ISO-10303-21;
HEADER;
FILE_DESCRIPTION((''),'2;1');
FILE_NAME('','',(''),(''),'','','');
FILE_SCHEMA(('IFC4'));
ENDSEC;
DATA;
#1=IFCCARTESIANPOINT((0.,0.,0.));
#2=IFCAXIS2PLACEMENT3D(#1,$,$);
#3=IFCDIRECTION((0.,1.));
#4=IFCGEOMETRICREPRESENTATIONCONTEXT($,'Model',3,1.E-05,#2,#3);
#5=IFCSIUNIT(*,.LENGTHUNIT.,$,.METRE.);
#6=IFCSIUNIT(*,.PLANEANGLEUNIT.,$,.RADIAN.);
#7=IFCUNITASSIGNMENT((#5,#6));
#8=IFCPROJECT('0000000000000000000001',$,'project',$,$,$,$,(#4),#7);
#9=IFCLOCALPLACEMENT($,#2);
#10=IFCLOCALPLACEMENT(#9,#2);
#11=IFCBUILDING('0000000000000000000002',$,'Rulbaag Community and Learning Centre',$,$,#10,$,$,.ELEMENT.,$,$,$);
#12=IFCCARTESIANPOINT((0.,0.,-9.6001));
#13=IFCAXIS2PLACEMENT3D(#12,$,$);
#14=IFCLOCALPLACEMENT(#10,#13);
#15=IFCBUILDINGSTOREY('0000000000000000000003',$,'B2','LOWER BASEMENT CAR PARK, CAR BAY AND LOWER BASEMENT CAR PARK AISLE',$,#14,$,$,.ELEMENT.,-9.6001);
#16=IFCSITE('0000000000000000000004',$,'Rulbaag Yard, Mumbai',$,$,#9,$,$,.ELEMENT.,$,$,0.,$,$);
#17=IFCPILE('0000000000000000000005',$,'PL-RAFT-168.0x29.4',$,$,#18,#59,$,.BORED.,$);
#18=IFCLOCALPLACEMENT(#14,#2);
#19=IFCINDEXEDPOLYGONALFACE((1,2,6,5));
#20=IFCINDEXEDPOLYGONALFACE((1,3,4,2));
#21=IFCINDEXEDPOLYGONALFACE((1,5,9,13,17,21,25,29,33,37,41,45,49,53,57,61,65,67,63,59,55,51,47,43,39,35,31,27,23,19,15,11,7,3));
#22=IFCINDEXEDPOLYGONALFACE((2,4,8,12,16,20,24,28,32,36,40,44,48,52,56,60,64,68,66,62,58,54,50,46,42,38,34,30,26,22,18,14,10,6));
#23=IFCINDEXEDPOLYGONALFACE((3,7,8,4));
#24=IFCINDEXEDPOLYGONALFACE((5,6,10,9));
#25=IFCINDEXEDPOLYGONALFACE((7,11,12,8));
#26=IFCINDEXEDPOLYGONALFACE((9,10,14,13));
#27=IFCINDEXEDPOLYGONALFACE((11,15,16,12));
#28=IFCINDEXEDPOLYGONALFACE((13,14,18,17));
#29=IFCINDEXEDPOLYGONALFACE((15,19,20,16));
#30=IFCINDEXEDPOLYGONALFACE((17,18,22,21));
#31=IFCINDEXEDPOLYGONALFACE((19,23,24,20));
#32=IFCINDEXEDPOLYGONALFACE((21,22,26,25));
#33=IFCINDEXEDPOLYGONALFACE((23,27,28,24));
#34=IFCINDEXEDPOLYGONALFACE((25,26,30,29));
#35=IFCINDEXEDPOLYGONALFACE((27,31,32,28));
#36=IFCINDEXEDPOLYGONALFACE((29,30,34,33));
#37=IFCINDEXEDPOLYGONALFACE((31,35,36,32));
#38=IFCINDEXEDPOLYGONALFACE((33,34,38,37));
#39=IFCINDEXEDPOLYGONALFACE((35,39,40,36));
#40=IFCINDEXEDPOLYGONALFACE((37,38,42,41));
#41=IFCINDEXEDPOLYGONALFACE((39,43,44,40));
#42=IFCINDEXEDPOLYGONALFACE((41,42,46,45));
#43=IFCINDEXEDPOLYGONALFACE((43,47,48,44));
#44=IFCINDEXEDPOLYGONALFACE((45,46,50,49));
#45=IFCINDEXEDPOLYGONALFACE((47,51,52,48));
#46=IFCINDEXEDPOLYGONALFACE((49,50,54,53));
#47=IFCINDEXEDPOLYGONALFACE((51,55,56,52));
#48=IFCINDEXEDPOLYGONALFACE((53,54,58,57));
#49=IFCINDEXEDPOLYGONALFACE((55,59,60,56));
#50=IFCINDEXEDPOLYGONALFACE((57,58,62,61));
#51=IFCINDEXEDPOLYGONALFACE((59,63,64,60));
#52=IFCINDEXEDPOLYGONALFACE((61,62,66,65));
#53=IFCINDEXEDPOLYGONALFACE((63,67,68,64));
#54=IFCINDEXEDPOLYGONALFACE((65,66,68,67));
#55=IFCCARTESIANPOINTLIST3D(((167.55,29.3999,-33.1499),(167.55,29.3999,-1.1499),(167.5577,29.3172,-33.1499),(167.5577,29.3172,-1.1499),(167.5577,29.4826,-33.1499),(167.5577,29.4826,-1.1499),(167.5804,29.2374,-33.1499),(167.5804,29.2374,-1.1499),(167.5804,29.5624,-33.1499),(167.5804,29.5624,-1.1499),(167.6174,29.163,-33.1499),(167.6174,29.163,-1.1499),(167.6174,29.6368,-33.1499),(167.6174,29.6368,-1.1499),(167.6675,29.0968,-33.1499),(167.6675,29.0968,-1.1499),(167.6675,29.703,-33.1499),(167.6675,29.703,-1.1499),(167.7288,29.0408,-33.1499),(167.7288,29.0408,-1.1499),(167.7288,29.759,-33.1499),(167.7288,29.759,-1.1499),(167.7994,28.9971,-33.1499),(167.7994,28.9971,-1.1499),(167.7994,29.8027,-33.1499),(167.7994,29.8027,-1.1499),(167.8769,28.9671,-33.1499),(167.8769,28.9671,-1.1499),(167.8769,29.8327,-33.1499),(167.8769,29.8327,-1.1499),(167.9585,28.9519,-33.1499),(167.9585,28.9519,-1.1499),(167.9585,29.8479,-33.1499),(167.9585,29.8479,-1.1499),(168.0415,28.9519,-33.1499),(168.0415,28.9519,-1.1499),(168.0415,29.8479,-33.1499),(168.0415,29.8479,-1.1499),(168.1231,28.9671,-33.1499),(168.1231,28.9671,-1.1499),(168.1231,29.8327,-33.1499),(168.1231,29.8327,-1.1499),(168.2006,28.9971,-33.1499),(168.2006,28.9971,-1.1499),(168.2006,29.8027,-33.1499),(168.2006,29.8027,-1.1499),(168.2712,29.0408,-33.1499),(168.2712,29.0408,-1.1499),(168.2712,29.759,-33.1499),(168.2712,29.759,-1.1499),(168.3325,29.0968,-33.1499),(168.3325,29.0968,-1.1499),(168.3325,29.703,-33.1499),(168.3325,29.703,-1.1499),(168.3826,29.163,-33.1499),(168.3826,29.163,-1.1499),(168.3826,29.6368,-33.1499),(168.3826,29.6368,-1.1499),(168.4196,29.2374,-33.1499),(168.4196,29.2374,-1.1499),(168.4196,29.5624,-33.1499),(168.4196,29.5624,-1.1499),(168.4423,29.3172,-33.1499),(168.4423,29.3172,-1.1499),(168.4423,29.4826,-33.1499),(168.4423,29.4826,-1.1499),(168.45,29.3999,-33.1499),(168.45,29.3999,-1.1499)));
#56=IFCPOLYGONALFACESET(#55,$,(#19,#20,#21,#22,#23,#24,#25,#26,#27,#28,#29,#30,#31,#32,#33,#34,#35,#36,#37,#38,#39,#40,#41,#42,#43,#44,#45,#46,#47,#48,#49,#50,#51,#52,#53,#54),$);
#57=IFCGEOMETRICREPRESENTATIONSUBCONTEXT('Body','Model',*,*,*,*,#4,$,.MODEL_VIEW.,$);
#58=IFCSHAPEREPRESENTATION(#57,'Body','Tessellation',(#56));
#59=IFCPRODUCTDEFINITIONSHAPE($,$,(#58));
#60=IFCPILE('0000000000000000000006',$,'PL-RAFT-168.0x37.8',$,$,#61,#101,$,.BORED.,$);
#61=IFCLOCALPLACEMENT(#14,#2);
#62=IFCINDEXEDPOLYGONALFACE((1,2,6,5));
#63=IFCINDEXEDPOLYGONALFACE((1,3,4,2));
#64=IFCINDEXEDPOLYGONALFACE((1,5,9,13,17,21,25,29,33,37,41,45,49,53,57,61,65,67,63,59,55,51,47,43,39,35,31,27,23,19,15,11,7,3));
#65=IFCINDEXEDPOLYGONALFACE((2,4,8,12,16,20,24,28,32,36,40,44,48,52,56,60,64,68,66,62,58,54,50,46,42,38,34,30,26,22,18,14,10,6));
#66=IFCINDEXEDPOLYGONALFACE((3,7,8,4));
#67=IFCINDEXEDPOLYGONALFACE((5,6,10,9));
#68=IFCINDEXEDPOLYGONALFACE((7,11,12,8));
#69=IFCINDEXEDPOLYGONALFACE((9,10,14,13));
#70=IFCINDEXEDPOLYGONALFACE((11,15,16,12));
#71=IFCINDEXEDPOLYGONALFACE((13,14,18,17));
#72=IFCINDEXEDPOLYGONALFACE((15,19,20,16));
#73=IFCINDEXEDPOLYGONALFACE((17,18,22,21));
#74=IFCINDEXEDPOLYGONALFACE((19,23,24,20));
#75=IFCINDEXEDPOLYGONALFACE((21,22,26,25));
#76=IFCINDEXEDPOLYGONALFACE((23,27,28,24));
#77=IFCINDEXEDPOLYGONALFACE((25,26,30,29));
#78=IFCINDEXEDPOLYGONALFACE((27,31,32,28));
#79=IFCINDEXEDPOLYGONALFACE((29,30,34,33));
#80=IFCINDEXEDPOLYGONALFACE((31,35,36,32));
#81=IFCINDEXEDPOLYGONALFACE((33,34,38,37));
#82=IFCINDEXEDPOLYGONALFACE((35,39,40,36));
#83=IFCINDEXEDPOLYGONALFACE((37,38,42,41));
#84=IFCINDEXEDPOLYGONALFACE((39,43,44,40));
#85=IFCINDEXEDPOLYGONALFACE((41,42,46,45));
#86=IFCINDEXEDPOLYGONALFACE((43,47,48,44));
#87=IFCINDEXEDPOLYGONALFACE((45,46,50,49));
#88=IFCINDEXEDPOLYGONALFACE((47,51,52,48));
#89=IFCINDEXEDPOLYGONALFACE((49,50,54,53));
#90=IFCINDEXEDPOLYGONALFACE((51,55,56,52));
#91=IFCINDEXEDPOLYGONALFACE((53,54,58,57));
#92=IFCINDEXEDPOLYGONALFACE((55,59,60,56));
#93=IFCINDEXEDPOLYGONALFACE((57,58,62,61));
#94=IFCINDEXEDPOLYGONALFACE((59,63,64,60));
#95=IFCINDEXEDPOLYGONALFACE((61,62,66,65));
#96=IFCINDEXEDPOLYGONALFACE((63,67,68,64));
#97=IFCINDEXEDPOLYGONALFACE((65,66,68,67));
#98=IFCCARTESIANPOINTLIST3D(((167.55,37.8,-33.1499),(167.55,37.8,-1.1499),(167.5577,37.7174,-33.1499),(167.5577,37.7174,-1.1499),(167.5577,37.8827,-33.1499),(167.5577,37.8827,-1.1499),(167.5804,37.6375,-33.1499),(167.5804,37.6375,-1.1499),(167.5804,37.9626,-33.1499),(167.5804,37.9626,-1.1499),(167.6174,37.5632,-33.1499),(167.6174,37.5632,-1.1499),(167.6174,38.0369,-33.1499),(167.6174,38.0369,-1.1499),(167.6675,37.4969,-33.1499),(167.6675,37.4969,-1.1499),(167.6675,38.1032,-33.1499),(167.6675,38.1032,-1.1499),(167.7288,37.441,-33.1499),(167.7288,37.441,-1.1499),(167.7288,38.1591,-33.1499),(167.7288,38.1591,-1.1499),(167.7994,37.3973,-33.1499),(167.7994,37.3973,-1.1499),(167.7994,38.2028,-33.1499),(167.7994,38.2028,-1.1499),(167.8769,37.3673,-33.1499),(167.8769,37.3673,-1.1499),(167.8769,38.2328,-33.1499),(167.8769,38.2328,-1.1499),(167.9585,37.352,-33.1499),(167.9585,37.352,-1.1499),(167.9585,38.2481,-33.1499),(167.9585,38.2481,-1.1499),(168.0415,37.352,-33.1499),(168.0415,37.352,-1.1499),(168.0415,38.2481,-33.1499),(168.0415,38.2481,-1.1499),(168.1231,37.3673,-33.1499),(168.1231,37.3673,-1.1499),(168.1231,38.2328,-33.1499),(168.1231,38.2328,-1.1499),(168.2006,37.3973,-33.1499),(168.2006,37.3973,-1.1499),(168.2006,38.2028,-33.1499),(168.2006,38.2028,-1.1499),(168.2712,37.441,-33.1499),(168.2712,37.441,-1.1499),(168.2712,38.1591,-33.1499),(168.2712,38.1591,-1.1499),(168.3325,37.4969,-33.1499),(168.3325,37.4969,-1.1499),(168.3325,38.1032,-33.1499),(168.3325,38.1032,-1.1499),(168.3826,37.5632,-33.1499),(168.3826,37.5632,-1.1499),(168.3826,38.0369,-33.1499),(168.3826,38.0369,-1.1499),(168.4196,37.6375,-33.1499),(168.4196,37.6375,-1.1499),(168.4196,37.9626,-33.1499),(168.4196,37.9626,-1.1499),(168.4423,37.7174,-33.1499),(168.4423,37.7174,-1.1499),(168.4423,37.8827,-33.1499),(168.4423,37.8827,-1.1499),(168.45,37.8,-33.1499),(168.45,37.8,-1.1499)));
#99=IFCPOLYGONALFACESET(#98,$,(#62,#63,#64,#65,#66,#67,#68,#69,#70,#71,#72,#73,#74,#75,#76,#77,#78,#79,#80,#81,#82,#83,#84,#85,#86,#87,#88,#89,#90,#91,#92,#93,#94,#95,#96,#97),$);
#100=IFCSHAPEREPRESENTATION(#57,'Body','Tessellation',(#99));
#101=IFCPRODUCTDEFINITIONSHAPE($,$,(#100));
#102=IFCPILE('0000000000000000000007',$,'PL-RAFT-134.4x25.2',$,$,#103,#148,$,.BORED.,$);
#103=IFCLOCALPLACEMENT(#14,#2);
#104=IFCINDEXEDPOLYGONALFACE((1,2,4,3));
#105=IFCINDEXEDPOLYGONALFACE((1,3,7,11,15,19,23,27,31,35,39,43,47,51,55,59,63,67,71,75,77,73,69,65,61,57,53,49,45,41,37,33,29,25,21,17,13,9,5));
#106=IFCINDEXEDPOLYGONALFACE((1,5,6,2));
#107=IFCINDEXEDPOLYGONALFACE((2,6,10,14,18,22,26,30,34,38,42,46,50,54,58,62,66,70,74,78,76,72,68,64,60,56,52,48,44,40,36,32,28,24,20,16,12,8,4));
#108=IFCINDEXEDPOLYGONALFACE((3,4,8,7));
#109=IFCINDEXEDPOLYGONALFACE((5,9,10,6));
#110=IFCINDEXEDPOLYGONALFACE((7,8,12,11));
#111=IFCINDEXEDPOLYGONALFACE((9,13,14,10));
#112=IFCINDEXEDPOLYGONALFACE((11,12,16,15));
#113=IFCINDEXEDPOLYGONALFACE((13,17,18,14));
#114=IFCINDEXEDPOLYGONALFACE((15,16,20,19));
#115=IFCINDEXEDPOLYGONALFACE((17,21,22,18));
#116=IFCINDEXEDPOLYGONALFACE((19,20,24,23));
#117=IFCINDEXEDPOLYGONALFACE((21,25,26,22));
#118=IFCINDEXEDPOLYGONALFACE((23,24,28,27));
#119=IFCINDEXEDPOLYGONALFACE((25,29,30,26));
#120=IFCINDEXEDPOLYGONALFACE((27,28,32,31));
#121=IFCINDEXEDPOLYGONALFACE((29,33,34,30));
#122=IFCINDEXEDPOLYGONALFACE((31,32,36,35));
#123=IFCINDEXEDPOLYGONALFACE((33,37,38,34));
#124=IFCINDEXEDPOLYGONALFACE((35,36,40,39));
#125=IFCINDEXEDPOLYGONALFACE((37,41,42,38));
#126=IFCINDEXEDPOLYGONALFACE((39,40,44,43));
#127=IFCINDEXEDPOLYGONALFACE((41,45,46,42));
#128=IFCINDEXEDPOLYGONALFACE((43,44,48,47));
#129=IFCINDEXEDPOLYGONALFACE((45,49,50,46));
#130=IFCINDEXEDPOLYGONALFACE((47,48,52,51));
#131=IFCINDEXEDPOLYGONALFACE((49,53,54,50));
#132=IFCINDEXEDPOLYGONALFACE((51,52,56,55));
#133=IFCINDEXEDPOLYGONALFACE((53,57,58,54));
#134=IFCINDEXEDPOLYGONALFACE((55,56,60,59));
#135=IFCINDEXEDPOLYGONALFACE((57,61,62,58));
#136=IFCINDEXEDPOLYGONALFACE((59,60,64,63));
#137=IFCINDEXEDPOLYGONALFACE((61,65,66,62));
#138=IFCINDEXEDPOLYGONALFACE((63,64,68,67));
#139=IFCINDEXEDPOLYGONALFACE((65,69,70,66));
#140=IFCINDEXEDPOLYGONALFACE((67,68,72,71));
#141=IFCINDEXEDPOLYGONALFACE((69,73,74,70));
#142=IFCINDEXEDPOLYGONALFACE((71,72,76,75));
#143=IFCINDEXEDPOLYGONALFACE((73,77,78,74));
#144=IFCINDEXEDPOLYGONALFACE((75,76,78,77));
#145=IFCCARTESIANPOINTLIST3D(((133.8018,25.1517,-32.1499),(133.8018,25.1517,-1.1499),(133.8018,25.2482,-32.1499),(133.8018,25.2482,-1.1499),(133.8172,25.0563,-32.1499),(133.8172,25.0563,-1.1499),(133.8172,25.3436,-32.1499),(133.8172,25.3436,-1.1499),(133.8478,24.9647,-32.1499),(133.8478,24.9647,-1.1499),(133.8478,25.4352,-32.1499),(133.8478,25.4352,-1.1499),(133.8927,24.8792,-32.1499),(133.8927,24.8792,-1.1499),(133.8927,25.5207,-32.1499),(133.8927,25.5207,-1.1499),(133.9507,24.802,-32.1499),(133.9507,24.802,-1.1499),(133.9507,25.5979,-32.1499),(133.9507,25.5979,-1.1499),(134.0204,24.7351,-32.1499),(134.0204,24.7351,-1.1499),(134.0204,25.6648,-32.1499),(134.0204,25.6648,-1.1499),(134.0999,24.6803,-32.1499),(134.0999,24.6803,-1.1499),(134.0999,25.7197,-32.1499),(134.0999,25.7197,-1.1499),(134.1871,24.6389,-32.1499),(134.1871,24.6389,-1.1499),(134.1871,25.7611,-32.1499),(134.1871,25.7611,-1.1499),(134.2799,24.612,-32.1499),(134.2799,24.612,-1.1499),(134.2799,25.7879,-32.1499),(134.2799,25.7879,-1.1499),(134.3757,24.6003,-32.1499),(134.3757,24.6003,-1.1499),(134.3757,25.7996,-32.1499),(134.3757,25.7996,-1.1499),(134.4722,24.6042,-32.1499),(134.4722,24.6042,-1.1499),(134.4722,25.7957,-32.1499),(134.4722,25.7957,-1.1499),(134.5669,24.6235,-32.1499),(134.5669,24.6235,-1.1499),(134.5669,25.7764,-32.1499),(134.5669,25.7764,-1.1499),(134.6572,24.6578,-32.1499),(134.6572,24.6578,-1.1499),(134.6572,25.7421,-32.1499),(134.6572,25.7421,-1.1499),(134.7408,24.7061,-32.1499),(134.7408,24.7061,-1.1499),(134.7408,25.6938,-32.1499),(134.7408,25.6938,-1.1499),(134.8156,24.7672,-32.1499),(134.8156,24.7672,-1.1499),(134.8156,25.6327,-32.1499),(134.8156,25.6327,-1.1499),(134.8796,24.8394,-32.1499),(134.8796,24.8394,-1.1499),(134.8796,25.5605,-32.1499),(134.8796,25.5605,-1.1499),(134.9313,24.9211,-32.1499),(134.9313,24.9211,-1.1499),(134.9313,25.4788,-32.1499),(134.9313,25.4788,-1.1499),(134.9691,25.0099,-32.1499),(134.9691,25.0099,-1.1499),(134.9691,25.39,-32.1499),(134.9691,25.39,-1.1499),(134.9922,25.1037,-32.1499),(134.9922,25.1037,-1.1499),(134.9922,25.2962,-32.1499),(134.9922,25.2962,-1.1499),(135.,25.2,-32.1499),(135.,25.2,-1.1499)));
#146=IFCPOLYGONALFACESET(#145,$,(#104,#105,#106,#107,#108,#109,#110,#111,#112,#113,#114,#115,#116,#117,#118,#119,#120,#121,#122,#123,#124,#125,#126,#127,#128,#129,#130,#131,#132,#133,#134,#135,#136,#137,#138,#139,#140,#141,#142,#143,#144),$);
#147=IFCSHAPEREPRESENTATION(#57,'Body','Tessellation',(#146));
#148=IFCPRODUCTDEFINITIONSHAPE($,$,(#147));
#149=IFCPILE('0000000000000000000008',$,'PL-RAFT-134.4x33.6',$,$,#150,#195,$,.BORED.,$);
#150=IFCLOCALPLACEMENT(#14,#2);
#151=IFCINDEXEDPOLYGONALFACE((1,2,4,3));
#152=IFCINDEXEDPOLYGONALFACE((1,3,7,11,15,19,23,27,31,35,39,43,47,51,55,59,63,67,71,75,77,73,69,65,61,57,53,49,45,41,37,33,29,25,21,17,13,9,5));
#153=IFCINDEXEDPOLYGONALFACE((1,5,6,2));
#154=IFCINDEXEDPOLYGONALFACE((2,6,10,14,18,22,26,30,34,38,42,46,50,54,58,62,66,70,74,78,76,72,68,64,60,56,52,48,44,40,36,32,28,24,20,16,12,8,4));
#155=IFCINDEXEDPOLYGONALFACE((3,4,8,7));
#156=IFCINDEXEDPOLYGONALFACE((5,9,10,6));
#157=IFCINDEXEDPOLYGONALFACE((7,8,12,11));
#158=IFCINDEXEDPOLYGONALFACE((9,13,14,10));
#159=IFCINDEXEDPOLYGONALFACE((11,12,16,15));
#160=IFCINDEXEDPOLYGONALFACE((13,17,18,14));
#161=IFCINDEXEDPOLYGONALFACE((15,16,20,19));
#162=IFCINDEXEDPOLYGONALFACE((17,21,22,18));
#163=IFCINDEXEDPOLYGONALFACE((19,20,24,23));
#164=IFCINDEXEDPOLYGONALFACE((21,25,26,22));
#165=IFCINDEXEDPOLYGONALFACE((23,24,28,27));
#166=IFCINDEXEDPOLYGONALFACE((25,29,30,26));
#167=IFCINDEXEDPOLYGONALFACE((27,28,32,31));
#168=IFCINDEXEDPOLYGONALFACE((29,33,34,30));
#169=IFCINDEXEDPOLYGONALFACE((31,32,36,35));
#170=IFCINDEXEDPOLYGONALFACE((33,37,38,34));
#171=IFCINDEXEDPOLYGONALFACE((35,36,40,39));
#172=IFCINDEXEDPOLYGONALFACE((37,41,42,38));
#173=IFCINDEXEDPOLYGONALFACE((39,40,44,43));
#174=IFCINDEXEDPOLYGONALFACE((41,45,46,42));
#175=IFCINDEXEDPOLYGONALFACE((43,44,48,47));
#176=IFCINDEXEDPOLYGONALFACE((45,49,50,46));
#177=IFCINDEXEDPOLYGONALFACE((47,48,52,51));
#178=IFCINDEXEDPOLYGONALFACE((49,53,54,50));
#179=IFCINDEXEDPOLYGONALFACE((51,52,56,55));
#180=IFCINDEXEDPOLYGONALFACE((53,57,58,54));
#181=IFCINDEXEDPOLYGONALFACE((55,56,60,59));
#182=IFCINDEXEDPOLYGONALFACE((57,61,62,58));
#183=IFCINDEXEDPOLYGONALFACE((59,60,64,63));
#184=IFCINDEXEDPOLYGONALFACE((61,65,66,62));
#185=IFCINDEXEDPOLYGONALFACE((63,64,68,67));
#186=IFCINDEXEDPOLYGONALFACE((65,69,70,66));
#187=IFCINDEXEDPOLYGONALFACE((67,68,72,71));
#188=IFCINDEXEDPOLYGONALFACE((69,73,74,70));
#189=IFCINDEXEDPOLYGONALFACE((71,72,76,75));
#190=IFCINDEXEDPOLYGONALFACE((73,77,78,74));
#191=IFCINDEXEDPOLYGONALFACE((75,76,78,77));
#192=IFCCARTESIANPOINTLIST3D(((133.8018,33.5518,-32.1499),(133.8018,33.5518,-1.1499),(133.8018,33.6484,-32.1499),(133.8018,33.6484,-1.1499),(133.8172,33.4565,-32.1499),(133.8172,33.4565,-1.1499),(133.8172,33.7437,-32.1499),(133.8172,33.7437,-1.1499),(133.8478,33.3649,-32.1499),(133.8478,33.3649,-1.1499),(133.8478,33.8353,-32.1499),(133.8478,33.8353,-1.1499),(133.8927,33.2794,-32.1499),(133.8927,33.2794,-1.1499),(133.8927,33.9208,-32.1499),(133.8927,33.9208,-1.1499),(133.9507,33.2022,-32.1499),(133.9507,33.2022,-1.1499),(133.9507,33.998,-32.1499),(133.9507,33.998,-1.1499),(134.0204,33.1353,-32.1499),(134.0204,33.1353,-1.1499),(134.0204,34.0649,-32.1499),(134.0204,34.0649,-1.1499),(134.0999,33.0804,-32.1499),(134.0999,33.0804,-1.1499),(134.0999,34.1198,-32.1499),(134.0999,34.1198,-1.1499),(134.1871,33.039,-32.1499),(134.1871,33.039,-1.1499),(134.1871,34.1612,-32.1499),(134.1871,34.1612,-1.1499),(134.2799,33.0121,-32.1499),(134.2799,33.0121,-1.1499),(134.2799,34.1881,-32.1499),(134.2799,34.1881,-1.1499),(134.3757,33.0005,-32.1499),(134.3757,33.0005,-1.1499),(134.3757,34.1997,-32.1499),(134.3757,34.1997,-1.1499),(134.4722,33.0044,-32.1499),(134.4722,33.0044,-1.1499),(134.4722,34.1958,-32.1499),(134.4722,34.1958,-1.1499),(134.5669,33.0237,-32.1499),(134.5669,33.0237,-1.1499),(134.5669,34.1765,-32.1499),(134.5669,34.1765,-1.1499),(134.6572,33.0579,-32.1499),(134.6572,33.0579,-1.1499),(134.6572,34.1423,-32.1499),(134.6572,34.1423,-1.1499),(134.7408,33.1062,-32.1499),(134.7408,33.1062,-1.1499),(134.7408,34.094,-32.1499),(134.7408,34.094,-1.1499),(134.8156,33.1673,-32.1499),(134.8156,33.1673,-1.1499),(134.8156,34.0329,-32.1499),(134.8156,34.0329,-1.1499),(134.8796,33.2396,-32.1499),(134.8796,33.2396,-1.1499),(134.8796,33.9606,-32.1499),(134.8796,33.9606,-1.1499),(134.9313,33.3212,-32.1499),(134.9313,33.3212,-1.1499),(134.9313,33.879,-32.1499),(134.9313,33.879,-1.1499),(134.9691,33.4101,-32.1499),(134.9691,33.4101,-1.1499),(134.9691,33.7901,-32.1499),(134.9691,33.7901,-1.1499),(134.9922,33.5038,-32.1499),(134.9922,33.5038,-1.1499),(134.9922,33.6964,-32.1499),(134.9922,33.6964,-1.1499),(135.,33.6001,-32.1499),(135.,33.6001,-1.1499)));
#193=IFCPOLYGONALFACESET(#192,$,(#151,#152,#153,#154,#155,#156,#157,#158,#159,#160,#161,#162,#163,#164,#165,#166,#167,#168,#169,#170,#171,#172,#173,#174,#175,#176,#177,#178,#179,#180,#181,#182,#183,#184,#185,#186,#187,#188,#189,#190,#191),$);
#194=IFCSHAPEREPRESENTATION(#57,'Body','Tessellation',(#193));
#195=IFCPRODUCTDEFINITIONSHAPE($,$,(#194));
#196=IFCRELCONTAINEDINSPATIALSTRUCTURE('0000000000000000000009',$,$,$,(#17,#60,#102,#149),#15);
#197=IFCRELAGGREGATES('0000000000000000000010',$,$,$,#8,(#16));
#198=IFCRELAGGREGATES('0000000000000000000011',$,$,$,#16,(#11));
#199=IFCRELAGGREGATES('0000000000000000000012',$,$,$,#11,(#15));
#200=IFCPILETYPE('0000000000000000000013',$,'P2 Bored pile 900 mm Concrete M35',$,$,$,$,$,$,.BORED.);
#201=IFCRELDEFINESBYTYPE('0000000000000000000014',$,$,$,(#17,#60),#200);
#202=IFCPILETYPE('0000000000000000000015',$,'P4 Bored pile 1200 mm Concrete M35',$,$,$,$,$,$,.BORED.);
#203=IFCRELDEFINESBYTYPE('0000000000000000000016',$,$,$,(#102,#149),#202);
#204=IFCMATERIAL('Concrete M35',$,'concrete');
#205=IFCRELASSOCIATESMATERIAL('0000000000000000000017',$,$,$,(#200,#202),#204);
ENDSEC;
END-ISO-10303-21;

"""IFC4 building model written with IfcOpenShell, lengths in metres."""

from ifc_helpers import new_model, si_unit, direction, frame, origin, origin_2d, place, context, subcontext, project, spatial, circle, extrude, material, material_profile, profile_set, type_object, element, save


model = new_model("IFC4")

# Units and contexts
model_context = context("Model", 3, precision=1e-05, world=origin(), true_north=direction((0.0, 1.0)))
body_context = subcontext(model_context, "Body", "Model", "MODEL_VIEW")
ifc_project = project(units=[si_unit("LENGTHUNIT", "METRE"), si_unit("PLANEANGLEUNIT", "RADIAN")], contexts=[model_context])

# Site, building, storey
site_placement = place(None, origin())
site = spatial("IfcSite", under=ifc_project, at=site_placement, Name="Rulbaag Yard, Mumbai", CompositionType="ELEMENT", RefElevation=0.0)
building_placement = place(site_placement, origin())
building = spatial("IfcBuilding", under=site, at=building_placement, Name="Rulbaag Community and Learning Centre", CompositionType="ELEMENT")
storey_placement = place(building_placement, frame((0.0, 0.0, -9.6001)))
storey = spatial("IfcBuildingStorey", under=building, at=storey_placement, Name="B2", Description="LOWER BASEMENT CAR PARK, CAR BAY AND LOWER BASEMENT CAR PARK AISLE", CompositionType="ELEMENT", Elevation=-9.6001)

# Piles
ifc_material_1 = material(Name="Concrete M35", Category="concrete")
ifc_material_profile_1 = material_profile(ifc_material_1, circle(Radius=0.45, at=origin_2d()), Name="BP900")
ifc_profile_set_1 = profile_set([ifc_material_profile_1], Name="Concrete M35")
pile_type_1 = type_object("IfcPileType", Name="P2 Bored pile 900 mm Concrete M35", PredefinedType="BORED", material=ifc_profile_set_1)
for number, where, z_axis, x_axis, name in (
    (1, (168.0, 29.3999, -1.1499), (0.0, 0.0, -1.0), (1.0, 0.0, 0.0), "PL-RAFT-168.0x29.4"),
    (2, (168.0, 37.8, -1.1499), (0.0, 0.0, -1.0), (1.0, 0.0, 0.0), "PL-RAFT-168.0x37.8"),
):
    element("IfcPile", number, at=place(storey_placement, frame(where, z_axis=z_axis, x_axis=x_axis)), inside=storey, type_object=pile_type_1, Name=name, PredefinedType="BORED", context=body_context, shape_type="SweptSolid", body=[
        extrude(circle(Radius=0.45, at=origin_2d()), origin(), (0.0, 0.0, 1.0), 32.0),
    ])
ifc_material_profile_2 = material_profile(ifc_material_1, circle(Radius=0.6001, at=origin_2d()), Name="BP1200")
ifc_profile_set_2 = profile_set([ifc_material_profile_2], Name="Concrete M35")
pile_type_2 = type_object("IfcPileType", Name="P4 Bored pile 1200 mm Concrete M35", PredefinedType="BORED", material=ifc_profile_set_2)
for number, where, z_axis, x_axis, name in (
    (3, (134.3999, 25.2, -1.1499), (0.0, 0.0, -1.0), (1.0, 0.0, 0.0), "PL-RAFT-134.4x25.2"),
    (4, (134.3999, 33.6001, -1.1499), (0.0, 0.0, -1.0), (1.0, 0.0, 0.0), "PL-RAFT-134.4x33.6"),
):
    element("IfcPile", number, at=place(storey_placement, frame(where, z_axis=z_axis, x_axis=x_axis)), inside=storey, type_object=pile_type_2, Name=name, PredefinedType="BORED", context=body_context, shape_type="SweptSolid", body=[
        extrude(circle(Radius=0.6001, at=origin_2d()), origin(), (0.0, 0.0, 1.0), 31.0),
    ])

save(model, "model.ifc")
